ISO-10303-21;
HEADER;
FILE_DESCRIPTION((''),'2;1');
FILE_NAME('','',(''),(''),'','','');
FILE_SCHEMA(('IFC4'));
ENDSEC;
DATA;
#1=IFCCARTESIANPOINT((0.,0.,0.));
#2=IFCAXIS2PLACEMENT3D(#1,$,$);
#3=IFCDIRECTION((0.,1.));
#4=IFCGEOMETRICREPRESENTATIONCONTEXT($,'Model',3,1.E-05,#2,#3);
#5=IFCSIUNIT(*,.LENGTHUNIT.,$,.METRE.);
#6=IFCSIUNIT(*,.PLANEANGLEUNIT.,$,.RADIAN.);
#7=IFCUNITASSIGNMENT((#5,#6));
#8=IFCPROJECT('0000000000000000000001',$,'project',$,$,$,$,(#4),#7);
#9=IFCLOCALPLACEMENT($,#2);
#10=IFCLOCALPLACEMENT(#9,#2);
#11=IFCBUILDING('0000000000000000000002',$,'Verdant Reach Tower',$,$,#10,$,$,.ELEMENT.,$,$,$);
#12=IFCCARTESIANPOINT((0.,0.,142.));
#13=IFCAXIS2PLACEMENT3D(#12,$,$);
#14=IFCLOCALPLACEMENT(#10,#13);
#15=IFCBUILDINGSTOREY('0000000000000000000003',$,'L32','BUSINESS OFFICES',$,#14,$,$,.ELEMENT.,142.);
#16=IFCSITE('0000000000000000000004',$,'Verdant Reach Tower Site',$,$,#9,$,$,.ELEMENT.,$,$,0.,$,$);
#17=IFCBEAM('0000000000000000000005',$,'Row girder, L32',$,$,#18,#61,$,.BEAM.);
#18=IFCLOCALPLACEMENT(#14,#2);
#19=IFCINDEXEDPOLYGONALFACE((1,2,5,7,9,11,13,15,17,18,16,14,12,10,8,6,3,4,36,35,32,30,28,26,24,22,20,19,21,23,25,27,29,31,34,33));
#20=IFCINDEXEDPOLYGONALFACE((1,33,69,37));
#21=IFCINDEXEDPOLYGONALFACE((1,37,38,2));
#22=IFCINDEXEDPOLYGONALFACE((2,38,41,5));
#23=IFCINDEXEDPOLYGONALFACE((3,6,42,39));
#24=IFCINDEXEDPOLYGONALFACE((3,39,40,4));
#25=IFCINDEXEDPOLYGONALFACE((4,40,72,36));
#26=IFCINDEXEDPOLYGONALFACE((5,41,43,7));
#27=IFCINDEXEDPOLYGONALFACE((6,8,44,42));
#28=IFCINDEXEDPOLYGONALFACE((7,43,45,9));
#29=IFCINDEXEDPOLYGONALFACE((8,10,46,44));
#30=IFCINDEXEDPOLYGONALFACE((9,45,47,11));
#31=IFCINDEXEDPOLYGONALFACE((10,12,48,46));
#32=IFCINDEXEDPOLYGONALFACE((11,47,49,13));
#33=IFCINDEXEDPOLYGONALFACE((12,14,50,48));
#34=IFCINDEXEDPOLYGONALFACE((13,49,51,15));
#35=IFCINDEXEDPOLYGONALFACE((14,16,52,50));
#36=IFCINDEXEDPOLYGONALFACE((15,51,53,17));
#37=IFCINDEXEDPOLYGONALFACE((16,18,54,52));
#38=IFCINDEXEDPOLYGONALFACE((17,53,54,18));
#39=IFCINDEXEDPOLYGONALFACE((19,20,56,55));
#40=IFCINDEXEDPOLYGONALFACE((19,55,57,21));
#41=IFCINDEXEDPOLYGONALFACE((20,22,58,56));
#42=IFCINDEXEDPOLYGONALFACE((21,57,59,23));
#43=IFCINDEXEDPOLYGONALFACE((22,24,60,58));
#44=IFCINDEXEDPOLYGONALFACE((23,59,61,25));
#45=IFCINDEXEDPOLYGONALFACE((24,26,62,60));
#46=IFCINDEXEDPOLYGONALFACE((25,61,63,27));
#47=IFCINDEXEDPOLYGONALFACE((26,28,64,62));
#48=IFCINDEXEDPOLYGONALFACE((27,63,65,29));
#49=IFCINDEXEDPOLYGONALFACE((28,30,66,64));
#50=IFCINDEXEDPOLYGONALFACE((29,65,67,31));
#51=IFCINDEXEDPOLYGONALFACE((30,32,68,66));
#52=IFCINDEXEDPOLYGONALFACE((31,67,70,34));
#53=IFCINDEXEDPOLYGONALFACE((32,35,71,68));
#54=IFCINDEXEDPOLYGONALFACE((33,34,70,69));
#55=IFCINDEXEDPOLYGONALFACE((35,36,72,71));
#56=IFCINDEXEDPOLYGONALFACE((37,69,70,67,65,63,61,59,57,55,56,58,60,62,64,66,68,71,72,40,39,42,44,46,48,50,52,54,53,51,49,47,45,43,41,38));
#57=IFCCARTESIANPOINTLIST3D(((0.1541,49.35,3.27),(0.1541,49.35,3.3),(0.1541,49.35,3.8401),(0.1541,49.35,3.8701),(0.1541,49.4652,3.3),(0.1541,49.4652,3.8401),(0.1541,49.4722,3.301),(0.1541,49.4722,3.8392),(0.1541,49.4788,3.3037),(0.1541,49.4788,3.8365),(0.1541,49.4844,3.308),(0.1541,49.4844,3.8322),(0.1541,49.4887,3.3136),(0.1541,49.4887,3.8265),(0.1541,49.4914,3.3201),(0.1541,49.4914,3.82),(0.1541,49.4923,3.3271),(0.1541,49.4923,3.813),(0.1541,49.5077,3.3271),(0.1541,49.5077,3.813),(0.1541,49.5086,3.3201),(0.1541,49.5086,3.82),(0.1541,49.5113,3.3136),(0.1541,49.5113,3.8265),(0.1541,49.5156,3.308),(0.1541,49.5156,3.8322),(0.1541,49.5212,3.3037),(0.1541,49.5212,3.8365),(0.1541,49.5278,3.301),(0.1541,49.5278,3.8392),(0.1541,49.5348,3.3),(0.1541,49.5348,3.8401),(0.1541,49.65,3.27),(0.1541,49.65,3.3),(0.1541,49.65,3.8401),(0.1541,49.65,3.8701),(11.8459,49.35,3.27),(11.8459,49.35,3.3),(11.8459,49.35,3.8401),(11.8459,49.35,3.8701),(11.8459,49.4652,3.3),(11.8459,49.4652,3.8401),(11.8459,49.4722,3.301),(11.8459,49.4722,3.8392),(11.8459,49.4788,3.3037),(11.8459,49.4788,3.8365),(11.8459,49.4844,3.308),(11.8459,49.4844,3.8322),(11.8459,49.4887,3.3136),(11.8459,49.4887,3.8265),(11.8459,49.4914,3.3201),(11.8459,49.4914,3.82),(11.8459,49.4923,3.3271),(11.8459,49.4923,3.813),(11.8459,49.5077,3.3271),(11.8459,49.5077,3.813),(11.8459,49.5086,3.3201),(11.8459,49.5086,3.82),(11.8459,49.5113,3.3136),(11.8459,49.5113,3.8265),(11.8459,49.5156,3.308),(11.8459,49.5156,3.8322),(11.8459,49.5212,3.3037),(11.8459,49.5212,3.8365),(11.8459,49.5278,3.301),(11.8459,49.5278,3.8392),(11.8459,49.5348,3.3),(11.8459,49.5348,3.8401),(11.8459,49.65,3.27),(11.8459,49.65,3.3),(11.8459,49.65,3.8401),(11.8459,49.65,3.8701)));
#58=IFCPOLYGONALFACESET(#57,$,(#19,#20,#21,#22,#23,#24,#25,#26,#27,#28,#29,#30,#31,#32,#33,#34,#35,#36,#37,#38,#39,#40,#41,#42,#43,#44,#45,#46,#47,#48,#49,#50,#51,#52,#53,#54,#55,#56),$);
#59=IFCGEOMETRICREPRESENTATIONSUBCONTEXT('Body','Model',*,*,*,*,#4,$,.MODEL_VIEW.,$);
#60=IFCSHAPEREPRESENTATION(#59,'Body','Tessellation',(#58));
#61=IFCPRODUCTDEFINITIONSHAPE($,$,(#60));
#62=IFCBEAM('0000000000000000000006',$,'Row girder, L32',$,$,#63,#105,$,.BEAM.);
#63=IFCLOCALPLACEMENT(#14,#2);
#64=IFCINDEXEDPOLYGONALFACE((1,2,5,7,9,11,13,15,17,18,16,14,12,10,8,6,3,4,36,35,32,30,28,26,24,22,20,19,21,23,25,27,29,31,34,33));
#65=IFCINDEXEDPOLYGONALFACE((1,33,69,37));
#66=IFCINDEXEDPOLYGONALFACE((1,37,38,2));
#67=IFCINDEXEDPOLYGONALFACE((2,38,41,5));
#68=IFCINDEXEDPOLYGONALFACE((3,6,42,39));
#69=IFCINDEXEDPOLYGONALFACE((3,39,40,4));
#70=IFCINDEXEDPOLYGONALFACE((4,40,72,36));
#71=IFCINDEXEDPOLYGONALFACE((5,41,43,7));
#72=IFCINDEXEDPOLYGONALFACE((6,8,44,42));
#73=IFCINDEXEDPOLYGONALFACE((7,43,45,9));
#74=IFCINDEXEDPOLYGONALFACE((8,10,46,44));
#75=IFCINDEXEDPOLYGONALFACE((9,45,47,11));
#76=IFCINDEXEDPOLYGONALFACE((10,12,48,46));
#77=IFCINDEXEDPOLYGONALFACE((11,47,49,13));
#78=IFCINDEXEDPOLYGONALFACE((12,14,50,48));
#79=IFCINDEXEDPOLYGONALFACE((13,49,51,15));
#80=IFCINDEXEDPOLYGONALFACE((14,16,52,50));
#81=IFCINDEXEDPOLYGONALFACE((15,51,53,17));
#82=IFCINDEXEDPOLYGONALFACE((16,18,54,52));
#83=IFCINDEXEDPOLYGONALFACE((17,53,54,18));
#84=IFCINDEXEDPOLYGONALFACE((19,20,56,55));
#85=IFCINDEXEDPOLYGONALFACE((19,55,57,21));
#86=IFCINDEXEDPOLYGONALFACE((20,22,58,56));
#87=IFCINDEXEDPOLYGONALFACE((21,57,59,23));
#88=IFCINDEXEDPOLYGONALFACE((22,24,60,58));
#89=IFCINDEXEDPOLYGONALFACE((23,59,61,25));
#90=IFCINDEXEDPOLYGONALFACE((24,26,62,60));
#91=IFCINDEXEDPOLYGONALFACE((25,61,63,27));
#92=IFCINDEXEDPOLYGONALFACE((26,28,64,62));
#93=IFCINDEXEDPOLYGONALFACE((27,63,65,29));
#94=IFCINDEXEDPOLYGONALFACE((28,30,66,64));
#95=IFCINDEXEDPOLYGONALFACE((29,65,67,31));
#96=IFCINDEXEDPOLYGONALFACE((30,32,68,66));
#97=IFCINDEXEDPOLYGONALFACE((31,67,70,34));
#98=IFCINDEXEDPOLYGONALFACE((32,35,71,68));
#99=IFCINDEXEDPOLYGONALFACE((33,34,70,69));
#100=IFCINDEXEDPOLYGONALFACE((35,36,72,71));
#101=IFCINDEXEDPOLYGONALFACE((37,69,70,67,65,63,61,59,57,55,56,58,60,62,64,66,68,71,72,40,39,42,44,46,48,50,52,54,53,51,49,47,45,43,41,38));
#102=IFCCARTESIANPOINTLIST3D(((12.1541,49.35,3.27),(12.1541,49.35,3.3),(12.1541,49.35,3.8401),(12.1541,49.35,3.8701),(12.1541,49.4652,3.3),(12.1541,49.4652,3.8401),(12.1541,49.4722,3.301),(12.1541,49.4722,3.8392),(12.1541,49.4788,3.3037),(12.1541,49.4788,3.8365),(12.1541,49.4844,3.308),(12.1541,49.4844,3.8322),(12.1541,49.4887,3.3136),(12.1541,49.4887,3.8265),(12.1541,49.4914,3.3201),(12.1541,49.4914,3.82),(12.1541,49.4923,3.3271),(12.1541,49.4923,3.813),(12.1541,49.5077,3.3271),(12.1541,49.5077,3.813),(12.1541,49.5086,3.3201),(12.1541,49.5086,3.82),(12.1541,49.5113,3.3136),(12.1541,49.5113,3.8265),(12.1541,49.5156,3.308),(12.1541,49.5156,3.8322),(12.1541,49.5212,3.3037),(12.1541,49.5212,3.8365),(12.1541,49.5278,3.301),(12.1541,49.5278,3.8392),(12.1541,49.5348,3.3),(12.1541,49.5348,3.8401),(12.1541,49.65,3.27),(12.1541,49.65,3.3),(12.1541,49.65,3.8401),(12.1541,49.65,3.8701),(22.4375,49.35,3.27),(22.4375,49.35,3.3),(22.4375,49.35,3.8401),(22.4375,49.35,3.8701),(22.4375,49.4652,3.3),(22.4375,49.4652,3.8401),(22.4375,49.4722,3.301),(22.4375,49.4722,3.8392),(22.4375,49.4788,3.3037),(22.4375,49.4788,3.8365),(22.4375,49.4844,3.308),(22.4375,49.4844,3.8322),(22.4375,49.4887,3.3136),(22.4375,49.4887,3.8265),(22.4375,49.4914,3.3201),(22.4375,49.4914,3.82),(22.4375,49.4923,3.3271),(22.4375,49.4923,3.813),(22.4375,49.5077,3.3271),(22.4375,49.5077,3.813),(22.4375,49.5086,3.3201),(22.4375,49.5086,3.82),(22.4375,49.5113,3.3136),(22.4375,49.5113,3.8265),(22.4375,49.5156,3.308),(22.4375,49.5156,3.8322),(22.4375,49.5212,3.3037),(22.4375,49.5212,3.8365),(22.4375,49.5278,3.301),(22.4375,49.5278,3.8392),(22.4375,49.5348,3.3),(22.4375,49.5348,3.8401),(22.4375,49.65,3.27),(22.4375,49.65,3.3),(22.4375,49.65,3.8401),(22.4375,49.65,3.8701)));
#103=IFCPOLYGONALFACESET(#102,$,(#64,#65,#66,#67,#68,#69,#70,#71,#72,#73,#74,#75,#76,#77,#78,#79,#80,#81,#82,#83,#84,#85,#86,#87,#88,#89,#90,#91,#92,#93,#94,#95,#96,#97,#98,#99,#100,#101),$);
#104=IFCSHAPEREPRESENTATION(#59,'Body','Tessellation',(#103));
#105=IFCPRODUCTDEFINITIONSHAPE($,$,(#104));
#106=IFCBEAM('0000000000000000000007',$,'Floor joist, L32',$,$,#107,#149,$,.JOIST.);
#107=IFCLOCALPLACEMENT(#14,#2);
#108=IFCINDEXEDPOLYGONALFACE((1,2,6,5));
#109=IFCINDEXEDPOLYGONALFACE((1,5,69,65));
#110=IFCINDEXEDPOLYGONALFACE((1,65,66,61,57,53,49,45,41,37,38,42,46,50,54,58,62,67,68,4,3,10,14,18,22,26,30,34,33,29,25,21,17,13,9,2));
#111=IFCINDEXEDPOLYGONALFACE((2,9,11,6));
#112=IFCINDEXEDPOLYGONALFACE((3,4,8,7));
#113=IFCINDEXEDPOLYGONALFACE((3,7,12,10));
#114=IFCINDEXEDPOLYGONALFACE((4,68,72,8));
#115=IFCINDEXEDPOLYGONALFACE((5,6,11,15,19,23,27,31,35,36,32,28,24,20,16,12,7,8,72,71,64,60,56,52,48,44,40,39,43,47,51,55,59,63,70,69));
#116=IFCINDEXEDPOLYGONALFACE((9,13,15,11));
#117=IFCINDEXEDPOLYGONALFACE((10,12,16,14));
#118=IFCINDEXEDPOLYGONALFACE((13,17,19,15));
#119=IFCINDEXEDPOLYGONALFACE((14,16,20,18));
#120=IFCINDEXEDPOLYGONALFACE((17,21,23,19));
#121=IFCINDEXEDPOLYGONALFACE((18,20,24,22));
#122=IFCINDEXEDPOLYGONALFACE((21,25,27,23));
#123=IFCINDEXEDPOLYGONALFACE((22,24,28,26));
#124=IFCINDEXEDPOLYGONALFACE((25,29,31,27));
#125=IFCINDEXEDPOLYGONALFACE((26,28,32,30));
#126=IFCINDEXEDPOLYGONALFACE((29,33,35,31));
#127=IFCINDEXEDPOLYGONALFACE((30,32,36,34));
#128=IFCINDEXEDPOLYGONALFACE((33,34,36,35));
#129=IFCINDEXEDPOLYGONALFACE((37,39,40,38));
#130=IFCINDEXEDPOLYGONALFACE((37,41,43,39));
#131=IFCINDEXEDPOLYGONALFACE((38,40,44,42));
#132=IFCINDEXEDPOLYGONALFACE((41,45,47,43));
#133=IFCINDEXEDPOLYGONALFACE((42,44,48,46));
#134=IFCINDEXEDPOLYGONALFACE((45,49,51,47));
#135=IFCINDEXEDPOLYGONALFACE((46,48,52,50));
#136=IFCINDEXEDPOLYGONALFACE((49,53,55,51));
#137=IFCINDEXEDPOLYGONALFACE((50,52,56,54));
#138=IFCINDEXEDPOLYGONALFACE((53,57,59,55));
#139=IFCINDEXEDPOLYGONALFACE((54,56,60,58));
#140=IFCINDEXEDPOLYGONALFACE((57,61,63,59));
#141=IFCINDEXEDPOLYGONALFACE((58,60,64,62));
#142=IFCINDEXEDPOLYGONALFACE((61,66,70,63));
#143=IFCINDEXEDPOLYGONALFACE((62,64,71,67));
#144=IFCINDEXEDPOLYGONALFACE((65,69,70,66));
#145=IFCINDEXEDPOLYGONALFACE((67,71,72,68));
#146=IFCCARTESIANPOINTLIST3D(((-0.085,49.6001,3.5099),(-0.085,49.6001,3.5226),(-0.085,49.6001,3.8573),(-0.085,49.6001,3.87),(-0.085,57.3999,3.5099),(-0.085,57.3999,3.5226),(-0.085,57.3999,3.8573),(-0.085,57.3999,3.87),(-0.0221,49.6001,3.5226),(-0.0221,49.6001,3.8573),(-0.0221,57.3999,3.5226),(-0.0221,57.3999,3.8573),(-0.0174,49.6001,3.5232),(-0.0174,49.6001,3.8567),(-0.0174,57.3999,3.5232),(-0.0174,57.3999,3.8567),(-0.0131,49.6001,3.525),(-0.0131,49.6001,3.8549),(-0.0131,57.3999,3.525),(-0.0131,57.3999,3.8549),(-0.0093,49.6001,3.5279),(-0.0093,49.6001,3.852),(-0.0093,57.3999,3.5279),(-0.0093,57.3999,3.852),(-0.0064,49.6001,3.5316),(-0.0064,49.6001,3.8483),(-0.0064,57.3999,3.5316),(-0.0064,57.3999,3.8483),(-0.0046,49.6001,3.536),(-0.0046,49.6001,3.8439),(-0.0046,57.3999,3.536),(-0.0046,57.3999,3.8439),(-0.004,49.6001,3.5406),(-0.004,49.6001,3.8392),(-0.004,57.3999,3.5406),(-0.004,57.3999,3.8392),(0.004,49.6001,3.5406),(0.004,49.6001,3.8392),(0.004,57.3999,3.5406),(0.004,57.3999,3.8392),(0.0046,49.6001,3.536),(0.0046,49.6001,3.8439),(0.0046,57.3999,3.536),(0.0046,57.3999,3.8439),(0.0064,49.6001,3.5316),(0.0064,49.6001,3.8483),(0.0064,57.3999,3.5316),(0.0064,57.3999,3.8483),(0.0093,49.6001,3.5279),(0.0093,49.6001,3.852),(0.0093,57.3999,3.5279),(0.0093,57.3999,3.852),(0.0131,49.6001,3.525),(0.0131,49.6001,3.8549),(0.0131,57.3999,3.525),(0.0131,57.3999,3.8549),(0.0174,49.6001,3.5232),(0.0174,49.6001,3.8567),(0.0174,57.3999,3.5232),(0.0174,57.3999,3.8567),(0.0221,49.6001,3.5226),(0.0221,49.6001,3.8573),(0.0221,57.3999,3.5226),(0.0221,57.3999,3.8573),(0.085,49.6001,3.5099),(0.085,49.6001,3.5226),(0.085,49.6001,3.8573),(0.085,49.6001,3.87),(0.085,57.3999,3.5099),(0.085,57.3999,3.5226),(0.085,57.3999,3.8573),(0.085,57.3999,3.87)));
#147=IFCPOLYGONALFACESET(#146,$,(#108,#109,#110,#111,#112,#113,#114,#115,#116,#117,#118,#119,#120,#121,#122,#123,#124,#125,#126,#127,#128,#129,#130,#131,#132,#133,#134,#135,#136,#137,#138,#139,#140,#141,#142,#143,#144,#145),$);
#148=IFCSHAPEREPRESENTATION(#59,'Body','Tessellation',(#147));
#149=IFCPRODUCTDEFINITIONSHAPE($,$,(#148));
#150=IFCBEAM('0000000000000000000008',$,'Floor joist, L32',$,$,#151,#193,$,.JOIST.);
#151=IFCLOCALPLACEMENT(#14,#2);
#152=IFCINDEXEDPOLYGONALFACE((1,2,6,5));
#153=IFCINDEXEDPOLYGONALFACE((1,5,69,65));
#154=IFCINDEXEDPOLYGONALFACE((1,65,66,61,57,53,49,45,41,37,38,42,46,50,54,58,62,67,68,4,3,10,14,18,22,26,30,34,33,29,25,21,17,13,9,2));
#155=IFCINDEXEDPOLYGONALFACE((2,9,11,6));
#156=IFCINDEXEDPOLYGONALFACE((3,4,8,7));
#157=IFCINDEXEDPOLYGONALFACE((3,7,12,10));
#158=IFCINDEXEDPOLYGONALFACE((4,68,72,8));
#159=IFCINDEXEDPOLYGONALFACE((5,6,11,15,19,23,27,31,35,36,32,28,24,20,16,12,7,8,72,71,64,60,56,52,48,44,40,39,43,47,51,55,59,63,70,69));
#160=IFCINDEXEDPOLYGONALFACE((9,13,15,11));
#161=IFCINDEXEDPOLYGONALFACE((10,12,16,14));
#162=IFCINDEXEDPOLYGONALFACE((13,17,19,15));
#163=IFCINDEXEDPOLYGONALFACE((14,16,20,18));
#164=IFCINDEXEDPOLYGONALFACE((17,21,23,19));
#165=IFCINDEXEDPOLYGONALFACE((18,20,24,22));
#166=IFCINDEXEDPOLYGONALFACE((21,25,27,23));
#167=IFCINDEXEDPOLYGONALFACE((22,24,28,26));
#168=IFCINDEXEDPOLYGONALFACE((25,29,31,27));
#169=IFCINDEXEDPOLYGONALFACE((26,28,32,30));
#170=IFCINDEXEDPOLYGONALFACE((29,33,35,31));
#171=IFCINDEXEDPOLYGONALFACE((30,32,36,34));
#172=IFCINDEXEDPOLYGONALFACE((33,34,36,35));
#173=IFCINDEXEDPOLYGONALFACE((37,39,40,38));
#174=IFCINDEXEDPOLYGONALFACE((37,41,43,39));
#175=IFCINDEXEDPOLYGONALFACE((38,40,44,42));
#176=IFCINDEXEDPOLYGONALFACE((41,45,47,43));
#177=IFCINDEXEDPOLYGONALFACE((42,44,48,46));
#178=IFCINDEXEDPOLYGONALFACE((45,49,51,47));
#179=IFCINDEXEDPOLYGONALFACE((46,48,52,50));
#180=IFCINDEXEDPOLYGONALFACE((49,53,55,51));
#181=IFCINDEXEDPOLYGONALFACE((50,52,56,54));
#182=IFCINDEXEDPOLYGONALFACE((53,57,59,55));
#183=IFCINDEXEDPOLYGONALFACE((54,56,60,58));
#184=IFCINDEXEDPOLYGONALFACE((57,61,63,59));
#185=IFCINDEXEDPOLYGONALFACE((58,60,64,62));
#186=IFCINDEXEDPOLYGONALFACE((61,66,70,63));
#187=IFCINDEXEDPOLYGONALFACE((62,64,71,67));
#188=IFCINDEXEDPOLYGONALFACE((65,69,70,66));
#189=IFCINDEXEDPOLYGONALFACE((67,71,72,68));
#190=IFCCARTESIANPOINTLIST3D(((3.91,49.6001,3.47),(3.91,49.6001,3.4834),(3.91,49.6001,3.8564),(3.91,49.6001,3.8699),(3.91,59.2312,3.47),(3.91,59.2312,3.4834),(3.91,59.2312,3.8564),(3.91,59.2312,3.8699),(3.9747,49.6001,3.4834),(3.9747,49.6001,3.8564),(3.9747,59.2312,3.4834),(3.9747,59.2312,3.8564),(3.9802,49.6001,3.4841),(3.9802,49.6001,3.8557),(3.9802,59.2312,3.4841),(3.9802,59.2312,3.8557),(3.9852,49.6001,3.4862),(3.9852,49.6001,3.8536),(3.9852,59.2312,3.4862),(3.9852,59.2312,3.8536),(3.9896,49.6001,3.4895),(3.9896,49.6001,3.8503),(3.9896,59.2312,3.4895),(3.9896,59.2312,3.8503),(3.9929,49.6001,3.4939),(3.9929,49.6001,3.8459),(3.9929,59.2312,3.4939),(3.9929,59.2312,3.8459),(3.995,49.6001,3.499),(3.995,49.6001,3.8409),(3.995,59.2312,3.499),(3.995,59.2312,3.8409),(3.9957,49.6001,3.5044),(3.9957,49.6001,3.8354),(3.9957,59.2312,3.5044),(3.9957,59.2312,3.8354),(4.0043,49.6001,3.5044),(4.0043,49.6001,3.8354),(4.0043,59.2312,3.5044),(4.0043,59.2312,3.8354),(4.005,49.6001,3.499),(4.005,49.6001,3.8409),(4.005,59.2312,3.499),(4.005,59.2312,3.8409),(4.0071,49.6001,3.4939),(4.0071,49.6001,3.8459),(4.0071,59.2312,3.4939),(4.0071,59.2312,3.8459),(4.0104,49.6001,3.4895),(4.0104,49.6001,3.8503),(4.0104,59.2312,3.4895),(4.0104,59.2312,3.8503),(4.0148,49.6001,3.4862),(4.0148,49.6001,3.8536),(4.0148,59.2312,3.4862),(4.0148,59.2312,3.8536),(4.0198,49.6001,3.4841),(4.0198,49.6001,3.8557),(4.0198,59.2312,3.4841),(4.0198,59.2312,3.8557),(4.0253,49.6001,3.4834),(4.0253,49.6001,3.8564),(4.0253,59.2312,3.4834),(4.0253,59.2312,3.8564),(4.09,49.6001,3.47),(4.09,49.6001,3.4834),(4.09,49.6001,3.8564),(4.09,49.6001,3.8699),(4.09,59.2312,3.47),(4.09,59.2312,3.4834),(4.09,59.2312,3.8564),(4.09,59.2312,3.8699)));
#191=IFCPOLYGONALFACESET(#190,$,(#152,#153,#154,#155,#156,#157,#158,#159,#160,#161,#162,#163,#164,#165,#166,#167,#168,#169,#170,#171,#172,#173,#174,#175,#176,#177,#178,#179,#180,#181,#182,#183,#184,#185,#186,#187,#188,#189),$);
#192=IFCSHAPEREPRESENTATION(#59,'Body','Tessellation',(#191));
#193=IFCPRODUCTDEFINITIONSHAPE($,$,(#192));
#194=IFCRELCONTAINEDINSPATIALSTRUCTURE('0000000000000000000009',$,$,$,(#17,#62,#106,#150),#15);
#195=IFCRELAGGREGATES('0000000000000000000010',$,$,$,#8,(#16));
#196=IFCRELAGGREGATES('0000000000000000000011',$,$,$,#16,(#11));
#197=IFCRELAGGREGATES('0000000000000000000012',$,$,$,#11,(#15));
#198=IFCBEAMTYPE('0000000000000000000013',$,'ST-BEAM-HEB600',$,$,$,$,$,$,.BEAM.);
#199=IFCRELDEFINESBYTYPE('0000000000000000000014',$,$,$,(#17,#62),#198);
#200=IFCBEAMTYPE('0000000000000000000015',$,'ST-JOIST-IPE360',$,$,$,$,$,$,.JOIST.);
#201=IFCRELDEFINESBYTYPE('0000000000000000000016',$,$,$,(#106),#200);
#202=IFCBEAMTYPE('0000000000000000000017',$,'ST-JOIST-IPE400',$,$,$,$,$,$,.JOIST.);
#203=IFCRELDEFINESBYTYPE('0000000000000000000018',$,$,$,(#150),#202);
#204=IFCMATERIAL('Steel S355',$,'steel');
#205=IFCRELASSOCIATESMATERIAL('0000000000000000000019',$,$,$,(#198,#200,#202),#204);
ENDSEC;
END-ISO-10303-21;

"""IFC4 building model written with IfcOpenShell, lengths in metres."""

from ifc_helpers import new_model, si_unit, direction, frame, origin, origin_2d, place, context, subcontext, project, spatial, i_section, extrude, material, material_profile, profile_set, type_object, element, save


model = new_model("IFC4")

# Units and contexts
model_context = context("Model", 3, precision=1e-05, world=origin(), true_north=direction((0.0, 1.0)))
body_context = subcontext(model_context, "Body", "Model", "MODEL_VIEW")
ifc_project = project(units=[si_unit("LENGTHUNIT", "METRE"), si_unit("PLANEANGLEUNIT", "RADIAN")], contexts=[model_context])

# Site, building, storey
site_placement = place(None, origin())
site = spatial("IfcSite", under=ifc_project, at=site_placement, Name="Verdant Reach Tower Site", CompositionType="ELEMENT", RefElevation=0.0)
building_placement = place(site_placement, origin())
building = spatial("IfcBuilding", under=site, at=building_placement, Name="Verdant Reach Tower", CompositionType="ELEMENT")
storey_placement = place(building_placement, frame((0.0, 0.0, 142.0)))
storey = spatial("IfcBuildingStorey", under=building, at=storey_placement, Name="L32", Description="BUSINESS OFFICES", CompositionType="ELEMENT", Elevation=142.0)

# Beams
ifc_material_1 = material(Name="Steel S355", Category="steel")
ifc_material_profile_1 = material_profile(ifc_material_1, i_section(OverallWidth=0.3, OverallDepth=0.6001, WebThickness=0.0154, FlangeThickness=0.03, FilletRadius=0.0271, at=origin_2d()), Name="HEB 600")
ifc_profile_set_1 = profile_set([ifc_material_profile_1], Name="Steel S355")
beam_type_1 = type_object("IfcBeamType", Name="ST-BEAM-HEB600", PredefinedType="BEAM", material=ifc_profile_set_1)
beam_1_placement = place(storey_placement, frame((0.1541, 49.5, 3.5701), z_axis=(1.0, 0.0, 0.0), x_axis=(0.0, 1.0, 0.0)))
element("IfcBeam", 1, at=beam_1_placement, inside=storey, type_object=beam_type_1, Name="Row girder, L32", PredefinedType="BEAM", context=body_context, shape_type="SweptSolid", body=[
    extrude(i_section(OverallWidth=0.3, OverallDepth=0.6001, WebThickness=0.0154, FlangeThickness=0.03, FilletRadius=0.0271, at=origin_2d()), origin(), (0.0, 0.0, 1.0), 11.6919),
])
beam_2_placement = place(storey_placement, frame((12.1541, 49.5, 3.5701), z_axis=(1.0, 0.0, 0.0), x_axis=(0.0, 1.0, 0.0)))
element("IfcBeam", 2, at=beam_2_placement, inside=storey, type_object=beam_type_1, Name="Row girder, L32", PredefinedType="BEAM", context=body_context, shape_type="SweptSolid", body=[
    extrude(i_section(OverallWidth=0.3, OverallDepth=0.6001, WebThickness=0.0154, FlangeThickness=0.03, FilletRadius=0.0271, at=origin_2d()), origin(), (0.0, 0.0, 1.0), 10.2834),
])
ifc_material_profile_2 = material_profile(ifc_material_1, i_section(OverallWidth=0.1699, OverallDepth=0.3601, WebThickness=0.0081, FlangeThickness=0.0127, FilletRadius=0.0181, at=origin_2d()), Name="IPE 360")
ifc_profile_set_2 = profile_set([ifc_material_profile_2], Name="Steel S355")
beam_type_2 = type_object("IfcBeamType", Name="ST-JOIST-IPE360", PredefinedType="JOIST", material=ifc_profile_set_2)
beam_3_placement = place(storey_placement, frame((0.0, 49.6001, 3.6899), z_axis=(0.0, 1.0, 0.0), x_axis=(-1.0, 0.0, 0.0)))
element("IfcBeam", 3, at=beam_3_placement, inside=storey, type_object=beam_type_2, Name="Floor joist, L32", PredefinedType="JOIST", context=body_context, shape_type="SweptSolid", body=[
    extrude(i_section(OverallWidth=0.1699, OverallDepth=0.3601, WebThickness=0.0081, FlangeThickness=0.0127, FilletRadius=0.0181, at=origin_2d()), origin(), (0.0, 0.0, 1.0), 7.7998),
])
ifc_material_profile_3 = material_profile(ifc_material_1, i_section(OverallWidth=0.1799, OverallDepth=0.3999, WebThickness=0.0085, FlangeThickness=0.0134, FilletRadius=0.021, at=origin_2d()), Name="IPE 400")
ifc_profile_set_3 = profile_set([ifc_material_profile_3], Name="Steel S355")
beam_type_3 = type_object("IfcBeamType", Name="ST-JOIST-IPE400", PredefinedType="JOIST", material=ifc_profile_set_3)
beam_4_placement = place(storey_placement, frame((4.0, 49.6001, 3.6699), z_axis=(0.0, 1.0, 0.0), x_axis=(-1.0, 0.0, 0.0)))
element("IfcBeam", 4, at=beam_4_placement, inside=storey, type_object=beam_type_3, Name="Floor joist, L32", PredefinedType="JOIST", context=body_context, shape_type="SweptSolid", body=[
    extrude(i_section(OverallWidth=0.1799, OverallDepth=0.3999, WebThickness=0.0085, FlangeThickness=0.0134, FilletRadius=0.021, at=origin_2d()), origin(), (0.0, 0.0, 1.0), 9.6311),
])

save(model, "model.ifc")
